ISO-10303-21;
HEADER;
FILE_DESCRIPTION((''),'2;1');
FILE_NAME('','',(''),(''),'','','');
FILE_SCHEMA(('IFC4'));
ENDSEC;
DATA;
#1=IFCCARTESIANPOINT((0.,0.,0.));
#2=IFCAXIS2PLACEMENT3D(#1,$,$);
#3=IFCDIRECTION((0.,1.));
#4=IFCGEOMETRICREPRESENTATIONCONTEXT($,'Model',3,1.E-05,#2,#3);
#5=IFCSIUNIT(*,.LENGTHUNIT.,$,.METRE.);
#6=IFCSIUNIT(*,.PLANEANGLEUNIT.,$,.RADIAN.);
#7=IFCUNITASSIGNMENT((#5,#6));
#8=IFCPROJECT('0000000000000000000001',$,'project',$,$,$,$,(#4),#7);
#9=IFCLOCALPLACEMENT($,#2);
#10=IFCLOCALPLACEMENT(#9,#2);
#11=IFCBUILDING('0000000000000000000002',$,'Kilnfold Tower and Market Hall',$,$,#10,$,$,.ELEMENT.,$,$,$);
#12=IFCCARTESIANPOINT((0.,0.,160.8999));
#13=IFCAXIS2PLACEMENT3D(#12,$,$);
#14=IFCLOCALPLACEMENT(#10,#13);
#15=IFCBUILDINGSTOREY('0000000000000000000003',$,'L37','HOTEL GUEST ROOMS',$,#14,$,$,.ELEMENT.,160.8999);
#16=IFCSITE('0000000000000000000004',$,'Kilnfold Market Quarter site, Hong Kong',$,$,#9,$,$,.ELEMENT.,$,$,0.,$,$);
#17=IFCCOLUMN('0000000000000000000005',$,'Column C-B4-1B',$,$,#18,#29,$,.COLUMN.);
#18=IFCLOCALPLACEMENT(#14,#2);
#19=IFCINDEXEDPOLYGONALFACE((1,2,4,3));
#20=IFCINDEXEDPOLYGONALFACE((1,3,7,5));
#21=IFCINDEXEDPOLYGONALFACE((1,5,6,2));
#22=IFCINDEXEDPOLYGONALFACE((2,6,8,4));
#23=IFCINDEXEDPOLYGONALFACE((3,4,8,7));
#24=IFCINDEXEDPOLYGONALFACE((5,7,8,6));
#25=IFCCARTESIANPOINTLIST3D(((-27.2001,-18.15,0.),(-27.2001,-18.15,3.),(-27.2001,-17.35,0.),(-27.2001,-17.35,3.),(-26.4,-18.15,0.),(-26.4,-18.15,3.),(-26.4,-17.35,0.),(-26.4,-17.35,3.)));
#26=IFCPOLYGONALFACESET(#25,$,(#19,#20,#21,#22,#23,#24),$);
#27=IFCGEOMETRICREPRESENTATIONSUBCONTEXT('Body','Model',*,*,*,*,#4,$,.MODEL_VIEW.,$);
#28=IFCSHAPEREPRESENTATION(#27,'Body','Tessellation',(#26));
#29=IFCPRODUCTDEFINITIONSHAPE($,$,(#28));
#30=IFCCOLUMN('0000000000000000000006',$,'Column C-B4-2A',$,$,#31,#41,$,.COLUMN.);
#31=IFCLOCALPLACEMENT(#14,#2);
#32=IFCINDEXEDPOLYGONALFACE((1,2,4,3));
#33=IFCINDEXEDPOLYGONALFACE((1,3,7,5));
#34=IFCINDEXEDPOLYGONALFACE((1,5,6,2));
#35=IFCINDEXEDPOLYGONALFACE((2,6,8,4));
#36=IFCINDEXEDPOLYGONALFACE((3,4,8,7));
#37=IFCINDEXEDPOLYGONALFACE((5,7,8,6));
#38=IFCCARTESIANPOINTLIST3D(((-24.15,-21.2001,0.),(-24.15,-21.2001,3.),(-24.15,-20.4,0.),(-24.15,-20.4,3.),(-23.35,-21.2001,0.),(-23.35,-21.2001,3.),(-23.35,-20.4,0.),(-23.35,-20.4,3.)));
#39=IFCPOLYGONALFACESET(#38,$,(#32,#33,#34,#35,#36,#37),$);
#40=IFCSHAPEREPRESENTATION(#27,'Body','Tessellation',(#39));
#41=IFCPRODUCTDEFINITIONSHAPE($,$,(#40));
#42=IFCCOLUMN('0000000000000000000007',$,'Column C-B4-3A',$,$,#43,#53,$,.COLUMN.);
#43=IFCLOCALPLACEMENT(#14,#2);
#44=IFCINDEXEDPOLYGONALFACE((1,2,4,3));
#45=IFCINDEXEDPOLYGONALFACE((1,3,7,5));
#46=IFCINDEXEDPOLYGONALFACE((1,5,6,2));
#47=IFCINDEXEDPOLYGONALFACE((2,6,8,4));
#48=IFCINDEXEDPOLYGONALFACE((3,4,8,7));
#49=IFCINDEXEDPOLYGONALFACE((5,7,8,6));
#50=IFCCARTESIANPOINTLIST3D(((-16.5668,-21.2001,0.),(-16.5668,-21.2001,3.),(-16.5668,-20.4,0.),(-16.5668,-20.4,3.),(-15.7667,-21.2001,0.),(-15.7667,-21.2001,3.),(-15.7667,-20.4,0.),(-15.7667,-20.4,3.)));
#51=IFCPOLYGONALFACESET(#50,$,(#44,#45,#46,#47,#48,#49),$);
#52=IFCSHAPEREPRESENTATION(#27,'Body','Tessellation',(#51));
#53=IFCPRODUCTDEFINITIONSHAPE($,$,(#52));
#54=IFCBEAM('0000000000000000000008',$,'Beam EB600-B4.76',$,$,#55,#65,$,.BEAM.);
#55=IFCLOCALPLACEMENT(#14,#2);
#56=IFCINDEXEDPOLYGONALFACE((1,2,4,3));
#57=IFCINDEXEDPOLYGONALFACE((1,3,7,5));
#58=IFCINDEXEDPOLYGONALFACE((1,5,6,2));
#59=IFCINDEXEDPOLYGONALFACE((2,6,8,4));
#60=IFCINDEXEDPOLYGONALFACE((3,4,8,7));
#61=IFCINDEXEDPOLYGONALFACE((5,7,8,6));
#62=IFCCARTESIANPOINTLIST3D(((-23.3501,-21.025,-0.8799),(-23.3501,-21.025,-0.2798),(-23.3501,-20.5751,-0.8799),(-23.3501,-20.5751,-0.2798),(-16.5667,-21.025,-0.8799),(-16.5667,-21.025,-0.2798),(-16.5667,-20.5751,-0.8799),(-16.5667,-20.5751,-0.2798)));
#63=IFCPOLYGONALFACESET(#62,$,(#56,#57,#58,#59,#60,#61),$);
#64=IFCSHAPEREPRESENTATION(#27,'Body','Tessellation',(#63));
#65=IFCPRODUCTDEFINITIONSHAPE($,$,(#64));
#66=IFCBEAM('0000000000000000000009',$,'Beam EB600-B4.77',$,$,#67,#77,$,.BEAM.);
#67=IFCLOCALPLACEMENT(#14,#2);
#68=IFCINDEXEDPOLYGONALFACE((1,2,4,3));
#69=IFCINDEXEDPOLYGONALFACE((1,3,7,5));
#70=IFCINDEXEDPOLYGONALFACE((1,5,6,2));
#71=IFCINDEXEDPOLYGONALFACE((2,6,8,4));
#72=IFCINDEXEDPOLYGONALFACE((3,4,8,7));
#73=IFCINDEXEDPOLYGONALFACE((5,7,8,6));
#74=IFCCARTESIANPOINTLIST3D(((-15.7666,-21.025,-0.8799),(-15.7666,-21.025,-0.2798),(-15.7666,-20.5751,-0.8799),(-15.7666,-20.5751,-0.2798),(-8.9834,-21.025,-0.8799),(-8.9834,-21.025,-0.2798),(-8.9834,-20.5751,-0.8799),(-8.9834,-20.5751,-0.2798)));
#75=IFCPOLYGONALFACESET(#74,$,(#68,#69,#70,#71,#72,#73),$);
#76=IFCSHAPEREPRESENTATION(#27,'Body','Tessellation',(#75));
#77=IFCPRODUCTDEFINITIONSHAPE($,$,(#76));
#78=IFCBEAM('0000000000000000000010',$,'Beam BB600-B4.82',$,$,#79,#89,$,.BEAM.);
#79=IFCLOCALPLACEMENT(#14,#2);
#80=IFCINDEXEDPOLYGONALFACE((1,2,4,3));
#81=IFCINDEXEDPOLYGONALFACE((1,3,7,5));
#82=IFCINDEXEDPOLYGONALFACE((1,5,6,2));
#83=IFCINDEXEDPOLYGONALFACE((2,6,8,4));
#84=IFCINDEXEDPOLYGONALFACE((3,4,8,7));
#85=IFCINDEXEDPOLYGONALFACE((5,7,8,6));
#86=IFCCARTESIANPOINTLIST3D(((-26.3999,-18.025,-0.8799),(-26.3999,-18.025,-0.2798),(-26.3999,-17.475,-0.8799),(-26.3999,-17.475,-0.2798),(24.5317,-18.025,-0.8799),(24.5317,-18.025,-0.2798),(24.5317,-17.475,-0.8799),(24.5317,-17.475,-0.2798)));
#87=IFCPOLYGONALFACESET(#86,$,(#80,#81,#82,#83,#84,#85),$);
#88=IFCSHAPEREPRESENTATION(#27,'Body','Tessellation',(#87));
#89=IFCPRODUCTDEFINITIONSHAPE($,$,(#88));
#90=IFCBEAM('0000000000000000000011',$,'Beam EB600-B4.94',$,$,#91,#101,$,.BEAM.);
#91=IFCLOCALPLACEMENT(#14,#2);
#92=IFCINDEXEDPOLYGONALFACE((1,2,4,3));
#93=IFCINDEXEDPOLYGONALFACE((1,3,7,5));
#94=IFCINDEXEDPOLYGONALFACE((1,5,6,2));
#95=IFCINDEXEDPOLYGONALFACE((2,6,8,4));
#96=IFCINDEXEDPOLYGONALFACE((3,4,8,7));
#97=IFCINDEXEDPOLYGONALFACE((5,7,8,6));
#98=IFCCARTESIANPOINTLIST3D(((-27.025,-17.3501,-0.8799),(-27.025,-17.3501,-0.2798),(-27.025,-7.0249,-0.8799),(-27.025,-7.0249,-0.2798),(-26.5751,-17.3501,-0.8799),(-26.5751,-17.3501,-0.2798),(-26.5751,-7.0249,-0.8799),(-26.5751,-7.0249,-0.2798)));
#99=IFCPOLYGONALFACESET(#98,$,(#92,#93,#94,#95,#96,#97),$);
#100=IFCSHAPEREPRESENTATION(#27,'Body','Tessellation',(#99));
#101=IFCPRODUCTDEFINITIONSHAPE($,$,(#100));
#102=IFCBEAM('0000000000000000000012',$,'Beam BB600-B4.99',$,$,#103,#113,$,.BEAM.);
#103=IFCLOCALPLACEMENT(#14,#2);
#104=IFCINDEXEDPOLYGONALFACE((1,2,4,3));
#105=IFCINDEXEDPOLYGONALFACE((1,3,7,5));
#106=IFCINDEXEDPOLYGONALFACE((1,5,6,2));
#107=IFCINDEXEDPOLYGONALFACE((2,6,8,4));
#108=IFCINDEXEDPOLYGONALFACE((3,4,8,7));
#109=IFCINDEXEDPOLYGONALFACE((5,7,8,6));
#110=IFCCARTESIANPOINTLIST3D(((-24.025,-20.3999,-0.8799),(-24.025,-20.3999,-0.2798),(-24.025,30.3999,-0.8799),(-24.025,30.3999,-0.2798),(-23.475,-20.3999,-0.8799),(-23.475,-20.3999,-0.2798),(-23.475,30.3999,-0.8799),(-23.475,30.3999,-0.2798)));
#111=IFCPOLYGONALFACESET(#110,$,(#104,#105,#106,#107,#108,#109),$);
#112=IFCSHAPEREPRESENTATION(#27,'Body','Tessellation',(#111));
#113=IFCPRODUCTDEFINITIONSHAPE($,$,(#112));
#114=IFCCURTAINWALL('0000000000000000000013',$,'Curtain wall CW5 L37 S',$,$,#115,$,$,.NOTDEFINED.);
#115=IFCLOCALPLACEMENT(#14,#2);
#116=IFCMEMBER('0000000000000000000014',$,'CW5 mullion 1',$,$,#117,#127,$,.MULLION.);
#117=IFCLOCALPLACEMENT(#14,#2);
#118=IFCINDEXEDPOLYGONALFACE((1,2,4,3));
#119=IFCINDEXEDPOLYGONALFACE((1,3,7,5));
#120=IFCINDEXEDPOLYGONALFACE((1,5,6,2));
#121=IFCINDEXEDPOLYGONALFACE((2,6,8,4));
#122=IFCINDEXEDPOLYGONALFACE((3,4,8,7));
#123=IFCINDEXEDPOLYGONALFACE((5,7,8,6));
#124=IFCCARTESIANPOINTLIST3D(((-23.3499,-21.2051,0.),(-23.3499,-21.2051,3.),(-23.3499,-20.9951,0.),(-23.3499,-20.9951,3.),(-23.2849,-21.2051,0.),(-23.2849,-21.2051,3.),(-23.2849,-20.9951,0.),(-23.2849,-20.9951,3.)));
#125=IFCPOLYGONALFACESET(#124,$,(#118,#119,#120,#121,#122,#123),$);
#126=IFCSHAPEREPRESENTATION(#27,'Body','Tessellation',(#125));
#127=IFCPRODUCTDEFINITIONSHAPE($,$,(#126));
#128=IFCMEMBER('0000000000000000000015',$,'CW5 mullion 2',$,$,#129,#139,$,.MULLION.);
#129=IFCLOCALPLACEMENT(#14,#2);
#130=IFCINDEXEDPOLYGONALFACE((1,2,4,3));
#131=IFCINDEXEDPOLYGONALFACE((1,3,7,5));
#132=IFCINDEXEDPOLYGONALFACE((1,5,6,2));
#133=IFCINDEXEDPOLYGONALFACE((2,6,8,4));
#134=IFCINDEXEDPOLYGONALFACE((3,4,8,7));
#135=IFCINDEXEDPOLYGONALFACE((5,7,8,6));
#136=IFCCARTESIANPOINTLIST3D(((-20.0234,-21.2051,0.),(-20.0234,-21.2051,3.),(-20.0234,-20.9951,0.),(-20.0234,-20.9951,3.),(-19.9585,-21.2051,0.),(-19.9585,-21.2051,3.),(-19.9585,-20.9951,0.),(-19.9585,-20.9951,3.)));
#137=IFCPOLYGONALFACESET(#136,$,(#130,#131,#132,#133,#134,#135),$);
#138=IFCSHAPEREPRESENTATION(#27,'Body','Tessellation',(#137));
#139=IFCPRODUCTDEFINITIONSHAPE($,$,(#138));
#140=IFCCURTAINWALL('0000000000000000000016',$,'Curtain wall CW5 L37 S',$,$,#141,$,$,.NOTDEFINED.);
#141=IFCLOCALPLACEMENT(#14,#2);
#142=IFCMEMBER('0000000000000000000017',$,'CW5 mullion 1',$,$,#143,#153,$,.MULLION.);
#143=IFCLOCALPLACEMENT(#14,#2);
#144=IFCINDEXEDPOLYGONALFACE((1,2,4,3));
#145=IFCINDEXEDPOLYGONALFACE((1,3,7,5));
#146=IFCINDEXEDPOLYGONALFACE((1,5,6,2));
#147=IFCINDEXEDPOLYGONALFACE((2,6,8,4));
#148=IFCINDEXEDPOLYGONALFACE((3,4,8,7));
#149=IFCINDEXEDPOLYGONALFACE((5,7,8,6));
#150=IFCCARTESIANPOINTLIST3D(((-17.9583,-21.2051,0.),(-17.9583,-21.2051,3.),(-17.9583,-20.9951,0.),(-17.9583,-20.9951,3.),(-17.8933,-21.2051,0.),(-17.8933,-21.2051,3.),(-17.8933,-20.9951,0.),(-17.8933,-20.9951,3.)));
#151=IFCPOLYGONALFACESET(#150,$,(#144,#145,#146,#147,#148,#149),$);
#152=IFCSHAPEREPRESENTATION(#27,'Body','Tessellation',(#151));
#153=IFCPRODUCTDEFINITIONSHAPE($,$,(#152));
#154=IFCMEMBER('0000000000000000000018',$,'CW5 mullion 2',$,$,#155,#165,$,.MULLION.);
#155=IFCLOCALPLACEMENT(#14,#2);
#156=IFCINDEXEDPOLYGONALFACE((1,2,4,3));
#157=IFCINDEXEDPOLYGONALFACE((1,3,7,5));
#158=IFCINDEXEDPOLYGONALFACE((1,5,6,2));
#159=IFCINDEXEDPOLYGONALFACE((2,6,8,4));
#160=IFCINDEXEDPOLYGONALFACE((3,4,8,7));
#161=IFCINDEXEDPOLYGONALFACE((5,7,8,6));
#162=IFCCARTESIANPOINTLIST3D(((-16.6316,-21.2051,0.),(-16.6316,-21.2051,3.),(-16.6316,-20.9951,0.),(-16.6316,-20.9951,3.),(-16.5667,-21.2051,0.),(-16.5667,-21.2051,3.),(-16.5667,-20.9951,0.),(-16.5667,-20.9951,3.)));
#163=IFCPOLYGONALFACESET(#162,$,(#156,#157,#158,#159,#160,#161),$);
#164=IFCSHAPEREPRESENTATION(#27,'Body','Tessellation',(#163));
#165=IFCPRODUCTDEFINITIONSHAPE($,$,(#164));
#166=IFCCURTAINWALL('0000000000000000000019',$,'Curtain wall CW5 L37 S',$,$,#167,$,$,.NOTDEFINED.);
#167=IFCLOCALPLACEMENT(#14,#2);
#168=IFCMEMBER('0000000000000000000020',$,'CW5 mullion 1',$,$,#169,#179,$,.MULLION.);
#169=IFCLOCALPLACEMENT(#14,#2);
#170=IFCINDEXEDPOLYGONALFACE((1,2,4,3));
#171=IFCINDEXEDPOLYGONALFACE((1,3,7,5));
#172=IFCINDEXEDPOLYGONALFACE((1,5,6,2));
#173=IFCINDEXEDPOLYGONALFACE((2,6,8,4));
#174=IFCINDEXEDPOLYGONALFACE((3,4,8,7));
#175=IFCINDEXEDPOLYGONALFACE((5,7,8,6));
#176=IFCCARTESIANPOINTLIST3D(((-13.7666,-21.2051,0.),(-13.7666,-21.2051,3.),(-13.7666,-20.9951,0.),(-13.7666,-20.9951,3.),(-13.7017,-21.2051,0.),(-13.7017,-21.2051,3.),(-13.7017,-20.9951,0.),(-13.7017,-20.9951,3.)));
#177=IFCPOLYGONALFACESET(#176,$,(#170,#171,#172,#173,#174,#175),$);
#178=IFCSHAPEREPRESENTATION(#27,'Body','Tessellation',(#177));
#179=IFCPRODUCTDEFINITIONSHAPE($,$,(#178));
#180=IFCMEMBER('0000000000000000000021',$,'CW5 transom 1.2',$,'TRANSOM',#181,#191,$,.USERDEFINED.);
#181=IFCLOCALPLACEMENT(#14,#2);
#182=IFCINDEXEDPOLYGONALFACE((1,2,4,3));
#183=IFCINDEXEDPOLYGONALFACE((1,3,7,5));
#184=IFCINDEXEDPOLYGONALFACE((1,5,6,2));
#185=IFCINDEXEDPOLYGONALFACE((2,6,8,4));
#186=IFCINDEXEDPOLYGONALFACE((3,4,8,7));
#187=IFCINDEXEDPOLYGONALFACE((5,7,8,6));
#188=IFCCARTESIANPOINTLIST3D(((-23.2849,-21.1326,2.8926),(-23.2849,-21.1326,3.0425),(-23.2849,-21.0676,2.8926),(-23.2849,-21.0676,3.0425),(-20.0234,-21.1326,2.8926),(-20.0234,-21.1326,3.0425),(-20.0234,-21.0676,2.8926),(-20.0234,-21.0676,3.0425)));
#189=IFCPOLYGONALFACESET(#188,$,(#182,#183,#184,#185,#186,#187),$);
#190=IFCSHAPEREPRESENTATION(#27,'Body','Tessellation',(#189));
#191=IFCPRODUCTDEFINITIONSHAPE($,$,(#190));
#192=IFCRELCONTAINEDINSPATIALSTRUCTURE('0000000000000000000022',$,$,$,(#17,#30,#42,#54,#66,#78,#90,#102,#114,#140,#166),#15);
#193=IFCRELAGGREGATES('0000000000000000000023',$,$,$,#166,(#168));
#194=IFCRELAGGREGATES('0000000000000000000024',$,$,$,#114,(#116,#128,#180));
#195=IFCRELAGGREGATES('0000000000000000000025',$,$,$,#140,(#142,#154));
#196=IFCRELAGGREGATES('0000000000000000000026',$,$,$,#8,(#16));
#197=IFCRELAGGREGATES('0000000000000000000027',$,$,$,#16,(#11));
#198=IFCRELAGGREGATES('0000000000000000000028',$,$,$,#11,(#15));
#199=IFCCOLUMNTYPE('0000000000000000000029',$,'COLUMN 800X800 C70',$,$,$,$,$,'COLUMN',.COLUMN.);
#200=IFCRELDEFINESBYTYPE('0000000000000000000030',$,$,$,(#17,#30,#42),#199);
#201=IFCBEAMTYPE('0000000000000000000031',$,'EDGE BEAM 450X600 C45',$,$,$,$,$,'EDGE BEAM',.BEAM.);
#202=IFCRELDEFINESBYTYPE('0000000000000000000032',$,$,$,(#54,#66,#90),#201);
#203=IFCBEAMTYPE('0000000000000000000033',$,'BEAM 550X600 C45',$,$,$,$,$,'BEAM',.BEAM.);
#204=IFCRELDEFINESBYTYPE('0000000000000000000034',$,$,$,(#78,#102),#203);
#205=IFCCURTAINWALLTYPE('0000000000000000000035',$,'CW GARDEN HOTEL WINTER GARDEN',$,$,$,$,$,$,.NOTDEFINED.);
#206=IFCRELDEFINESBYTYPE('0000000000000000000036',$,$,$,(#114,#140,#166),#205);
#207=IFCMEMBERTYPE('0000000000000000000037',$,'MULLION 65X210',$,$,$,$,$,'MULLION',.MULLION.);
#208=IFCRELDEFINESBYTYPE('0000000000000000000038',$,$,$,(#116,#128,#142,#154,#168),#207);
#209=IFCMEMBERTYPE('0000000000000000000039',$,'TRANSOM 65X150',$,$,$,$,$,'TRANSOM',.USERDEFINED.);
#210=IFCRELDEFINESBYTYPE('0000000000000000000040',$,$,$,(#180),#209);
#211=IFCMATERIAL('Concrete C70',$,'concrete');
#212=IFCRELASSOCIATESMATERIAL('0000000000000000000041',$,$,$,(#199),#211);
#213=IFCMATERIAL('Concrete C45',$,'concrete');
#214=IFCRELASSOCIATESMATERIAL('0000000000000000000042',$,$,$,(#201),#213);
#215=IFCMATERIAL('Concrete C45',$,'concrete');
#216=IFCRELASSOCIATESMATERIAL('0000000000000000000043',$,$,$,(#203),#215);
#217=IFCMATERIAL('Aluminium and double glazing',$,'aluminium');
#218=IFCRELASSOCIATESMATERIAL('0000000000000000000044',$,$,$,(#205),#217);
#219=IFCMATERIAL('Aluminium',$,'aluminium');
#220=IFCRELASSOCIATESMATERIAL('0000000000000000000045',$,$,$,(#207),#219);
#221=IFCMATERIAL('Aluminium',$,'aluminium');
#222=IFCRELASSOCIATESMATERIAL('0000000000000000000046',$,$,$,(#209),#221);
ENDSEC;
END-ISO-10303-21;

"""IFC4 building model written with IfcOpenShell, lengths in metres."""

from ifc_helpers import new_model, si_unit, direction, frame, origin, origin_2d, place, context, subcontext, project, spatial, rectangle, extrude, source, transform, mapped, material, material_profile, profile_set, type_object, element, aggregate, save


model = new_model("IFC4")

# Units and contexts
model_context = context("Model", 3, precision=1e-05, world=origin(), true_north=direction((0.0, 1.0)))
body_context = subcontext(model_context, "Body", "Model", "MODEL_VIEW")
ifc_project = project(units=[si_unit("LENGTHUNIT", "METRE"), si_unit("PLANEANGLEUNIT", "RADIAN")], contexts=[model_context])

# Site, building, storey
site_placement = place(None, origin())
site = spatial("IfcSite", under=ifc_project, at=site_placement, Name="Kilnfold Market Quarter site, Hong Kong", CompositionType="ELEMENT", RefElevation=0.0)
building_placement = place(site_placement, origin())
building = spatial("IfcBuilding", under=site, at=building_placement, Name="Kilnfold Tower and Market Hall", CompositionType="ELEMENT")
storey_placement = place(building_placement, frame((0.0, 0.0, 160.8999)))
storey = spatial("IfcBuildingStorey", under=building, at=storey_placement, Name="L37", Description="HOTEL GUEST ROOMS", CompositionType="ELEMENT", Elevation=160.8999)

# Columns
ifc_material_1 = material(Name="Concrete C70", Category="concrete")
ifc_material_profile_1 = material_profile(ifc_material_1, rectangle(XDim=0.8, YDim=0.8, at=origin_2d()), Name="RC 800x800")
ifc_profile_set_1 = profile_set([ifc_material_profile_1], Name="Concrete C70")
column_type = type_object("IfcColumnType", Name="COLUMN 800X800 C70", ElementType="COLUMN", PredefinedType="COLUMN", material=ifc_profile_set_1)
shared_shape_1 = source(origin(), body_context, "Body", "SweptSolid", [
    extrude(rectangle(XDim=0.8, YDim=0.8, at=origin_2d()), origin(), (0.0, 0.0, 1.0), 3.0),
])
for number, where, z_axis, x_axis, name in (
    (1, (-26.8, -17.75, 0.0), (0.0, 0.0, 1.0), (1.0, 0.0, 0.0), "Column C-B4-1B"),
    (2, (-23.75, -20.8, 0.0), (0.0, 0.0, 1.0), (1.0, 0.0, 0.0), "Column C-B4-2A"),
    (3, (-16.1667, -20.8, 0.0), (0.0, 0.0, 1.0), (1.0, 0.0, 0.0), "Column C-B4-3A"),
):
    element("IfcColumn", number, at=place(storey_placement, frame(where, z_axis=z_axis, x_axis=x_axis)), inside=storey, type_object=column_type, Name=name, PredefinedType="COLUMN", context=body_context, shape_type="MappedRepresentation", body=[
        mapped(shared_shape_1, transform((0.0, 0.0, 0.0))),
    ])

# Beams
ifc_material_2 = material(Name="Concrete C45", Category="concrete")
ifc_material_profile_2 = material_profile(ifc_material_2, rectangle(XDim=0.45, YDim=0.6001, at=origin_2d()), Name="RC 450x600")
ifc_profile_set_2 = profile_set([ifc_material_profile_2], Name="Concrete C45")
beam_type_1 = type_object("IfcBeamType", Name="EDGE BEAM 450X600 C45", ElementType="EDGE BEAM", PredefinedType="BEAM", material=ifc_profile_set_2)
shared_shape_2 = source(origin(), body_context, "Body", "SweptSolid", [
    extrude(rectangle(XDim=0.45, YDim=0.6001, at=origin_2d()), origin(), (0.0, 0.0, 1.0), 6.7834),
])
beam_1_placement = place(storey_placement, frame((-23.3501, -20.8, -0.5798), z_axis=(1.0, 0.0, 0.0), x_axis=(0.0, 1.0, 0.0)))
element("IfcBeam", 4, at=beam_1_placement, inside=storey, type_object=beam_type_1, Name="Beam EB600-B4.76", PredefinedType="BEAM", context=body_context, shape_type="MappedRepresentation", body=[
    mapped(shared_shape_2, transform((0.0, 0.0, 0.0))),
])
shared_shape_3 = source(origin(), body_context, "Body", "SweptSolid", [
    extrude(rectangle(XDim=0.45, YDim=0.6001, at=origin_2d()), origin(), (0.0, 0.0, 1.0), 6.7832),
])
beam_2_placement = place(storey_placement, frame((-15.7666, -20.8, -0.5798), z_axis=(1.0, 0.0, 0.0), x_axis=(0.0, 1.0, 0.0)))
element("IfcBeam", 5, at=beam_2_placement, inside=storey, type_object=beam_type_1, Name="Beam EB600-B4.77", PredefinedType="BEAM", context=body_context, shape_type="MappedRepresentation", body=[
    mapped(shared_shape_3, transform((0.0, 0.0, 0.0))),
])
ifc_material_3 = material(Name="Concrete C45", Category="concrete")
ifc_material_profile_3 = material_profile(ifc_material_3, rectangle(XDim=0.55, YDim=0.6001, at=origin_2d()), Name="RC 550x600")
ifc_profile_set_3 = profile_set([ifc_material_profile_3], Name="Concrete C45")
beam_type_2 = type_object("IfcBeamType", Name="BEAM 550X600 C45", ElementType="BEAM", PredefinedType="BEAM", material=ifc_profile_set_3)
shared_shape_4 = source(origin(), body_context, "Body", "SweptSolid", [
    extrude(rectangle(XDim=0.55, YDim=0.6001, at=origin_2d()), origin(), (0.0, 0.0, 1.0), 50.9316),
])
beam_3_placement = place(storey_placement, frame((-26.3999, -17.75, -0.5798), z_axis=(1.0, 0.0, 0.0), x_axis=(0.0, 1.0, 0.0)))
element("IfcBeam", 6, at=beam_3_placement, inside=storey, type_object=beam_type_2, Name="Beam BB600-B4.82", PredefinedType="BEAM", context=body_context, shape_type="MappedRepresentation", body=[
    mapped(shared_shape_4, transform((0.0, 0.0, 0.0))),
])
shared_shape_5 = source(origin(), body_context, "Body", "SweptSolid", [
    extrude(rectangle(XDim=0.45, YDim=0.6001, at=origin_2d()), origin(), (0.0, 0.0, 1.0), 10.3252),
])
beam_4_placement = place(storey_placement, frame((-26.8, -17.3501, -0.5798), z_axis=(0.0, 1.0, 0.0), x_axis=(-1.0, 0.0, 0.0)))
element("IfcBeam", 7, at=beam_4_placement, inside=storey, type_object=beam_type_1, Name="Beam EB600-B4.94", PredefinedType="BEAM", context=body_context, shape_type="MappedRepresentation", body=[
    mapped(shared_shape_5, transform((0.0, 0.0, 0.0))),
])
shared_shape_6 = source(origin(), body_context, "Body", "SweptSolid", [
    extrude(rectangle(XDim=0.55, YDim=0.6001, at=origin_2d()), origin(), (0.0, 0.0, 1.0), 50.7998),
])
beam_5_placement = place(storey_placement, frame((-23.75, -20.3999, -0.5798), z_axis=(0.0, 1.0, 0.0), x_axis=(-1.0, 0.0, 0.0)))
element("IfcBeam", 8, at=beam_5_placement, inside=storey, type_object=beam_type_2, Name="Beam BB600-B4.99", PredefinedType="BEAM", context=body_context, shape_type="MappedRepresentation", body=[
    mapped(shared_shape_6, transform((0.0, 0.0, 0.0))),
])

# Curtain walls, members
ifc_material_4 = material(Name="Aluminium and double glazing", Category="aluminium")
curtain_wall_type = type_object("IfcCurtainWallType", Name="CW GARDEN HOTEL WINTER GARDEN", PredefinedType="NOTDEFINED", material=ifc_material_4)
curtain_wall_1_placement = place(storey_placement, origin())
curtain_wall_1 = element("IfcCurtainWall", 9, at=curtain_wall_1_placement, inside=storey, type_object=curtain_wall_type, Name="Curtain wall CW5 L37 S", PredefinedType="NOTDEFINED")
ifc_material_5 = material(Name="Aluminium", Category="aluminium")
ifc_material_profile_4 = material_profile(ifc_material_5, rectangle(XDim=0.0649, YDim=0.21, at=origin_2d()), Name="MULLION 65x210")
ifc_profile_set_4 = profile_set([ifc_material_profile_4], Name="Aluminium")
member_type_1 = type_object("IfcMemberType", Name="MULLION 65X210", ElementType="MULLION", PredefinedType="MULLION", material=ifc_profile_set_4)
shared_shape_7 = source(origin(), body_context, "Body", "SweptSolid", [
    extrude(rectangle(XDim=0.0649, YDim=0.21, at=origin_2d()), origin(), (0.0, 0.0, 1.0), 3.0),
])
member_1_placement = place(storey_placement, frame((-23.3174, -21.1001, 0.0), z_axis=(0.0, 0.0, 1.0), x_axis=(1.0, 0.0, 0.0)))
member_1 = element("IfcMember", 10, at=member_1_placement, type_object=member_type_1, Name="CW5 mullion 1", PredefinedType="MULLION", context=body_context, shape_type="MappedRepresentation", body=[
    mapped(shared_shape_7, transform((0.0, 0.0, 0.0))),
])
member_2_placement = place(storey_placement, frame((-19.991, -21.1001, 0.0), z_axis=(0.0, 0.0, 1.0), x_axis=(1.0, 0.0, 0.0)))
member_2 = element("IfcMember", 11, at=member_2_placement, type_object=member_type_1, Name="CW5 mullion 2", PredefinedType="MULLION", context=body_context, shape_type="MappedRepresentation", body=[
    mapped(shared_shape_7, transform((0.0, 0.0, 0.0))),
])
curtain_wall_2_placement = place(storey_placement, origin())
curtain_wall_2 = element("IfcCurtainWall", 12, at=curtain_wall_2_placement, inside=storey, type_object=curtain_wall_type, Name="Curtain wall CW5 L37 S", PredefinedType="NOTDEFINED")
member_3_placement = place(storey_placement, frame((-17.9258, -21.1001, 0.0), z_axis=(0.0, 0.0, 1.0), x_axis=(1.0, 0.0, 0.0)))
member_3 = element("IfcMember", 13, at=member_3_placement, type_object=member_type_1, Name="CW5 mullion 1", PredefinedType="MULLION", context=body_context, shape_type="MappedRepresentation", body=[
    mapped(shared_shape_7, transform((0.0, 0.0, 0.0))),
])
member_4_placement = place(storey_placement, frame((-16.5991, -21.1001, 0.0), z_axis=(0.0, 0.0, 1.0), x_axis=(1.0, 0.0, 0.0)))
member_4 = element("IfcMember", 14, at=member_4_placement, type_object=member_type_1, Name="CW5 mullion 2", PredefinedType="MULLION", context=body_context, shape_type="MappedRepresentation", body=[
    mapped(shared_shape_7, transform((0.0, 0.0, 0.0))),
])

# Curtain wall, member
curtain_wall_3_placement = place(storey_placement, origin())
curtain_wall_3 = element("IfcCurtainWall", 15, at=curtain_wall_3_placement, inside=storey, type_object=curtain_wall_type, Name="Curtain wall CW5 L37 S", PredefinedType="NOTDEFINED")
member_5_placement = place(storey_placement, frame((-13.7341, -21.1001, 0.0), z_axis=(0.0, 0.0, 1.0), x_axis=(1.0, 0.0, 0.0)))
member_5 = element("IfcMember", 16, at=member_5_placement, type_object=member_type_1, Name="CW5 mullion 1", PredefinedType="MULLION", context=body_context, shape_type="MappedRepresentation", body=[
    mapped(shared_shape_7, transform((0.0, 0.0, 0.0))),
])

# Member
ifc_material_6 = material(Name="Aluminium", Category="aluminium")
ifc_material_profile_5 = material_profile(ifc_material_6, rectangle(XDim=0.0649, YDim=0.1499, at=origin_2d()), Name="TRANSOM 65x150")
ifc_profile_set_5 = profile_set([ifc_material_profile_5], Name="Aluminium")
member_type_2 = type_object("IfcMemberType", Name="TRANSOM 65X150", ElementType="TRANSOM", PredefinedType="USERDEFINED", material=ifc_profile_set_5)
shared_shape_8 = source(origin(), body_context, "Body", "SweptSolid", [
    extrude(rectangle(XDim=0.0649, YDim=0.1499, at=origin_2d()), origin(), (0.0, 0.0, 1.0), 3.2615),
])
member_6_placement = place(storey_placement, frame((-23.2849, -21.1001, 2.9675), z_axis=(1.0, 0.0, 0.0), x_axis=(0.0, 1.0, 0.0)))
member_6 = element("IfcMember", 17, at=member_6_placement, type_object=member_type_2, Name="CW5 transom 1.2", ObjectType="TRANSOM", PredefinedType="USERDEFINED", context=body_context, shape_type="MappedRepresentation", body=[
    mapped(shared_shape_8, transform((0.0, 0.0, 0.0))),
])
aggregate(curtain_wall_3, [member_5])

aggregate(curtain_wall_1, [member_1, member_2, member_6])
aggregate(curtain_wall_2, [member_3, member_4])

save(model, "model.ifc")
